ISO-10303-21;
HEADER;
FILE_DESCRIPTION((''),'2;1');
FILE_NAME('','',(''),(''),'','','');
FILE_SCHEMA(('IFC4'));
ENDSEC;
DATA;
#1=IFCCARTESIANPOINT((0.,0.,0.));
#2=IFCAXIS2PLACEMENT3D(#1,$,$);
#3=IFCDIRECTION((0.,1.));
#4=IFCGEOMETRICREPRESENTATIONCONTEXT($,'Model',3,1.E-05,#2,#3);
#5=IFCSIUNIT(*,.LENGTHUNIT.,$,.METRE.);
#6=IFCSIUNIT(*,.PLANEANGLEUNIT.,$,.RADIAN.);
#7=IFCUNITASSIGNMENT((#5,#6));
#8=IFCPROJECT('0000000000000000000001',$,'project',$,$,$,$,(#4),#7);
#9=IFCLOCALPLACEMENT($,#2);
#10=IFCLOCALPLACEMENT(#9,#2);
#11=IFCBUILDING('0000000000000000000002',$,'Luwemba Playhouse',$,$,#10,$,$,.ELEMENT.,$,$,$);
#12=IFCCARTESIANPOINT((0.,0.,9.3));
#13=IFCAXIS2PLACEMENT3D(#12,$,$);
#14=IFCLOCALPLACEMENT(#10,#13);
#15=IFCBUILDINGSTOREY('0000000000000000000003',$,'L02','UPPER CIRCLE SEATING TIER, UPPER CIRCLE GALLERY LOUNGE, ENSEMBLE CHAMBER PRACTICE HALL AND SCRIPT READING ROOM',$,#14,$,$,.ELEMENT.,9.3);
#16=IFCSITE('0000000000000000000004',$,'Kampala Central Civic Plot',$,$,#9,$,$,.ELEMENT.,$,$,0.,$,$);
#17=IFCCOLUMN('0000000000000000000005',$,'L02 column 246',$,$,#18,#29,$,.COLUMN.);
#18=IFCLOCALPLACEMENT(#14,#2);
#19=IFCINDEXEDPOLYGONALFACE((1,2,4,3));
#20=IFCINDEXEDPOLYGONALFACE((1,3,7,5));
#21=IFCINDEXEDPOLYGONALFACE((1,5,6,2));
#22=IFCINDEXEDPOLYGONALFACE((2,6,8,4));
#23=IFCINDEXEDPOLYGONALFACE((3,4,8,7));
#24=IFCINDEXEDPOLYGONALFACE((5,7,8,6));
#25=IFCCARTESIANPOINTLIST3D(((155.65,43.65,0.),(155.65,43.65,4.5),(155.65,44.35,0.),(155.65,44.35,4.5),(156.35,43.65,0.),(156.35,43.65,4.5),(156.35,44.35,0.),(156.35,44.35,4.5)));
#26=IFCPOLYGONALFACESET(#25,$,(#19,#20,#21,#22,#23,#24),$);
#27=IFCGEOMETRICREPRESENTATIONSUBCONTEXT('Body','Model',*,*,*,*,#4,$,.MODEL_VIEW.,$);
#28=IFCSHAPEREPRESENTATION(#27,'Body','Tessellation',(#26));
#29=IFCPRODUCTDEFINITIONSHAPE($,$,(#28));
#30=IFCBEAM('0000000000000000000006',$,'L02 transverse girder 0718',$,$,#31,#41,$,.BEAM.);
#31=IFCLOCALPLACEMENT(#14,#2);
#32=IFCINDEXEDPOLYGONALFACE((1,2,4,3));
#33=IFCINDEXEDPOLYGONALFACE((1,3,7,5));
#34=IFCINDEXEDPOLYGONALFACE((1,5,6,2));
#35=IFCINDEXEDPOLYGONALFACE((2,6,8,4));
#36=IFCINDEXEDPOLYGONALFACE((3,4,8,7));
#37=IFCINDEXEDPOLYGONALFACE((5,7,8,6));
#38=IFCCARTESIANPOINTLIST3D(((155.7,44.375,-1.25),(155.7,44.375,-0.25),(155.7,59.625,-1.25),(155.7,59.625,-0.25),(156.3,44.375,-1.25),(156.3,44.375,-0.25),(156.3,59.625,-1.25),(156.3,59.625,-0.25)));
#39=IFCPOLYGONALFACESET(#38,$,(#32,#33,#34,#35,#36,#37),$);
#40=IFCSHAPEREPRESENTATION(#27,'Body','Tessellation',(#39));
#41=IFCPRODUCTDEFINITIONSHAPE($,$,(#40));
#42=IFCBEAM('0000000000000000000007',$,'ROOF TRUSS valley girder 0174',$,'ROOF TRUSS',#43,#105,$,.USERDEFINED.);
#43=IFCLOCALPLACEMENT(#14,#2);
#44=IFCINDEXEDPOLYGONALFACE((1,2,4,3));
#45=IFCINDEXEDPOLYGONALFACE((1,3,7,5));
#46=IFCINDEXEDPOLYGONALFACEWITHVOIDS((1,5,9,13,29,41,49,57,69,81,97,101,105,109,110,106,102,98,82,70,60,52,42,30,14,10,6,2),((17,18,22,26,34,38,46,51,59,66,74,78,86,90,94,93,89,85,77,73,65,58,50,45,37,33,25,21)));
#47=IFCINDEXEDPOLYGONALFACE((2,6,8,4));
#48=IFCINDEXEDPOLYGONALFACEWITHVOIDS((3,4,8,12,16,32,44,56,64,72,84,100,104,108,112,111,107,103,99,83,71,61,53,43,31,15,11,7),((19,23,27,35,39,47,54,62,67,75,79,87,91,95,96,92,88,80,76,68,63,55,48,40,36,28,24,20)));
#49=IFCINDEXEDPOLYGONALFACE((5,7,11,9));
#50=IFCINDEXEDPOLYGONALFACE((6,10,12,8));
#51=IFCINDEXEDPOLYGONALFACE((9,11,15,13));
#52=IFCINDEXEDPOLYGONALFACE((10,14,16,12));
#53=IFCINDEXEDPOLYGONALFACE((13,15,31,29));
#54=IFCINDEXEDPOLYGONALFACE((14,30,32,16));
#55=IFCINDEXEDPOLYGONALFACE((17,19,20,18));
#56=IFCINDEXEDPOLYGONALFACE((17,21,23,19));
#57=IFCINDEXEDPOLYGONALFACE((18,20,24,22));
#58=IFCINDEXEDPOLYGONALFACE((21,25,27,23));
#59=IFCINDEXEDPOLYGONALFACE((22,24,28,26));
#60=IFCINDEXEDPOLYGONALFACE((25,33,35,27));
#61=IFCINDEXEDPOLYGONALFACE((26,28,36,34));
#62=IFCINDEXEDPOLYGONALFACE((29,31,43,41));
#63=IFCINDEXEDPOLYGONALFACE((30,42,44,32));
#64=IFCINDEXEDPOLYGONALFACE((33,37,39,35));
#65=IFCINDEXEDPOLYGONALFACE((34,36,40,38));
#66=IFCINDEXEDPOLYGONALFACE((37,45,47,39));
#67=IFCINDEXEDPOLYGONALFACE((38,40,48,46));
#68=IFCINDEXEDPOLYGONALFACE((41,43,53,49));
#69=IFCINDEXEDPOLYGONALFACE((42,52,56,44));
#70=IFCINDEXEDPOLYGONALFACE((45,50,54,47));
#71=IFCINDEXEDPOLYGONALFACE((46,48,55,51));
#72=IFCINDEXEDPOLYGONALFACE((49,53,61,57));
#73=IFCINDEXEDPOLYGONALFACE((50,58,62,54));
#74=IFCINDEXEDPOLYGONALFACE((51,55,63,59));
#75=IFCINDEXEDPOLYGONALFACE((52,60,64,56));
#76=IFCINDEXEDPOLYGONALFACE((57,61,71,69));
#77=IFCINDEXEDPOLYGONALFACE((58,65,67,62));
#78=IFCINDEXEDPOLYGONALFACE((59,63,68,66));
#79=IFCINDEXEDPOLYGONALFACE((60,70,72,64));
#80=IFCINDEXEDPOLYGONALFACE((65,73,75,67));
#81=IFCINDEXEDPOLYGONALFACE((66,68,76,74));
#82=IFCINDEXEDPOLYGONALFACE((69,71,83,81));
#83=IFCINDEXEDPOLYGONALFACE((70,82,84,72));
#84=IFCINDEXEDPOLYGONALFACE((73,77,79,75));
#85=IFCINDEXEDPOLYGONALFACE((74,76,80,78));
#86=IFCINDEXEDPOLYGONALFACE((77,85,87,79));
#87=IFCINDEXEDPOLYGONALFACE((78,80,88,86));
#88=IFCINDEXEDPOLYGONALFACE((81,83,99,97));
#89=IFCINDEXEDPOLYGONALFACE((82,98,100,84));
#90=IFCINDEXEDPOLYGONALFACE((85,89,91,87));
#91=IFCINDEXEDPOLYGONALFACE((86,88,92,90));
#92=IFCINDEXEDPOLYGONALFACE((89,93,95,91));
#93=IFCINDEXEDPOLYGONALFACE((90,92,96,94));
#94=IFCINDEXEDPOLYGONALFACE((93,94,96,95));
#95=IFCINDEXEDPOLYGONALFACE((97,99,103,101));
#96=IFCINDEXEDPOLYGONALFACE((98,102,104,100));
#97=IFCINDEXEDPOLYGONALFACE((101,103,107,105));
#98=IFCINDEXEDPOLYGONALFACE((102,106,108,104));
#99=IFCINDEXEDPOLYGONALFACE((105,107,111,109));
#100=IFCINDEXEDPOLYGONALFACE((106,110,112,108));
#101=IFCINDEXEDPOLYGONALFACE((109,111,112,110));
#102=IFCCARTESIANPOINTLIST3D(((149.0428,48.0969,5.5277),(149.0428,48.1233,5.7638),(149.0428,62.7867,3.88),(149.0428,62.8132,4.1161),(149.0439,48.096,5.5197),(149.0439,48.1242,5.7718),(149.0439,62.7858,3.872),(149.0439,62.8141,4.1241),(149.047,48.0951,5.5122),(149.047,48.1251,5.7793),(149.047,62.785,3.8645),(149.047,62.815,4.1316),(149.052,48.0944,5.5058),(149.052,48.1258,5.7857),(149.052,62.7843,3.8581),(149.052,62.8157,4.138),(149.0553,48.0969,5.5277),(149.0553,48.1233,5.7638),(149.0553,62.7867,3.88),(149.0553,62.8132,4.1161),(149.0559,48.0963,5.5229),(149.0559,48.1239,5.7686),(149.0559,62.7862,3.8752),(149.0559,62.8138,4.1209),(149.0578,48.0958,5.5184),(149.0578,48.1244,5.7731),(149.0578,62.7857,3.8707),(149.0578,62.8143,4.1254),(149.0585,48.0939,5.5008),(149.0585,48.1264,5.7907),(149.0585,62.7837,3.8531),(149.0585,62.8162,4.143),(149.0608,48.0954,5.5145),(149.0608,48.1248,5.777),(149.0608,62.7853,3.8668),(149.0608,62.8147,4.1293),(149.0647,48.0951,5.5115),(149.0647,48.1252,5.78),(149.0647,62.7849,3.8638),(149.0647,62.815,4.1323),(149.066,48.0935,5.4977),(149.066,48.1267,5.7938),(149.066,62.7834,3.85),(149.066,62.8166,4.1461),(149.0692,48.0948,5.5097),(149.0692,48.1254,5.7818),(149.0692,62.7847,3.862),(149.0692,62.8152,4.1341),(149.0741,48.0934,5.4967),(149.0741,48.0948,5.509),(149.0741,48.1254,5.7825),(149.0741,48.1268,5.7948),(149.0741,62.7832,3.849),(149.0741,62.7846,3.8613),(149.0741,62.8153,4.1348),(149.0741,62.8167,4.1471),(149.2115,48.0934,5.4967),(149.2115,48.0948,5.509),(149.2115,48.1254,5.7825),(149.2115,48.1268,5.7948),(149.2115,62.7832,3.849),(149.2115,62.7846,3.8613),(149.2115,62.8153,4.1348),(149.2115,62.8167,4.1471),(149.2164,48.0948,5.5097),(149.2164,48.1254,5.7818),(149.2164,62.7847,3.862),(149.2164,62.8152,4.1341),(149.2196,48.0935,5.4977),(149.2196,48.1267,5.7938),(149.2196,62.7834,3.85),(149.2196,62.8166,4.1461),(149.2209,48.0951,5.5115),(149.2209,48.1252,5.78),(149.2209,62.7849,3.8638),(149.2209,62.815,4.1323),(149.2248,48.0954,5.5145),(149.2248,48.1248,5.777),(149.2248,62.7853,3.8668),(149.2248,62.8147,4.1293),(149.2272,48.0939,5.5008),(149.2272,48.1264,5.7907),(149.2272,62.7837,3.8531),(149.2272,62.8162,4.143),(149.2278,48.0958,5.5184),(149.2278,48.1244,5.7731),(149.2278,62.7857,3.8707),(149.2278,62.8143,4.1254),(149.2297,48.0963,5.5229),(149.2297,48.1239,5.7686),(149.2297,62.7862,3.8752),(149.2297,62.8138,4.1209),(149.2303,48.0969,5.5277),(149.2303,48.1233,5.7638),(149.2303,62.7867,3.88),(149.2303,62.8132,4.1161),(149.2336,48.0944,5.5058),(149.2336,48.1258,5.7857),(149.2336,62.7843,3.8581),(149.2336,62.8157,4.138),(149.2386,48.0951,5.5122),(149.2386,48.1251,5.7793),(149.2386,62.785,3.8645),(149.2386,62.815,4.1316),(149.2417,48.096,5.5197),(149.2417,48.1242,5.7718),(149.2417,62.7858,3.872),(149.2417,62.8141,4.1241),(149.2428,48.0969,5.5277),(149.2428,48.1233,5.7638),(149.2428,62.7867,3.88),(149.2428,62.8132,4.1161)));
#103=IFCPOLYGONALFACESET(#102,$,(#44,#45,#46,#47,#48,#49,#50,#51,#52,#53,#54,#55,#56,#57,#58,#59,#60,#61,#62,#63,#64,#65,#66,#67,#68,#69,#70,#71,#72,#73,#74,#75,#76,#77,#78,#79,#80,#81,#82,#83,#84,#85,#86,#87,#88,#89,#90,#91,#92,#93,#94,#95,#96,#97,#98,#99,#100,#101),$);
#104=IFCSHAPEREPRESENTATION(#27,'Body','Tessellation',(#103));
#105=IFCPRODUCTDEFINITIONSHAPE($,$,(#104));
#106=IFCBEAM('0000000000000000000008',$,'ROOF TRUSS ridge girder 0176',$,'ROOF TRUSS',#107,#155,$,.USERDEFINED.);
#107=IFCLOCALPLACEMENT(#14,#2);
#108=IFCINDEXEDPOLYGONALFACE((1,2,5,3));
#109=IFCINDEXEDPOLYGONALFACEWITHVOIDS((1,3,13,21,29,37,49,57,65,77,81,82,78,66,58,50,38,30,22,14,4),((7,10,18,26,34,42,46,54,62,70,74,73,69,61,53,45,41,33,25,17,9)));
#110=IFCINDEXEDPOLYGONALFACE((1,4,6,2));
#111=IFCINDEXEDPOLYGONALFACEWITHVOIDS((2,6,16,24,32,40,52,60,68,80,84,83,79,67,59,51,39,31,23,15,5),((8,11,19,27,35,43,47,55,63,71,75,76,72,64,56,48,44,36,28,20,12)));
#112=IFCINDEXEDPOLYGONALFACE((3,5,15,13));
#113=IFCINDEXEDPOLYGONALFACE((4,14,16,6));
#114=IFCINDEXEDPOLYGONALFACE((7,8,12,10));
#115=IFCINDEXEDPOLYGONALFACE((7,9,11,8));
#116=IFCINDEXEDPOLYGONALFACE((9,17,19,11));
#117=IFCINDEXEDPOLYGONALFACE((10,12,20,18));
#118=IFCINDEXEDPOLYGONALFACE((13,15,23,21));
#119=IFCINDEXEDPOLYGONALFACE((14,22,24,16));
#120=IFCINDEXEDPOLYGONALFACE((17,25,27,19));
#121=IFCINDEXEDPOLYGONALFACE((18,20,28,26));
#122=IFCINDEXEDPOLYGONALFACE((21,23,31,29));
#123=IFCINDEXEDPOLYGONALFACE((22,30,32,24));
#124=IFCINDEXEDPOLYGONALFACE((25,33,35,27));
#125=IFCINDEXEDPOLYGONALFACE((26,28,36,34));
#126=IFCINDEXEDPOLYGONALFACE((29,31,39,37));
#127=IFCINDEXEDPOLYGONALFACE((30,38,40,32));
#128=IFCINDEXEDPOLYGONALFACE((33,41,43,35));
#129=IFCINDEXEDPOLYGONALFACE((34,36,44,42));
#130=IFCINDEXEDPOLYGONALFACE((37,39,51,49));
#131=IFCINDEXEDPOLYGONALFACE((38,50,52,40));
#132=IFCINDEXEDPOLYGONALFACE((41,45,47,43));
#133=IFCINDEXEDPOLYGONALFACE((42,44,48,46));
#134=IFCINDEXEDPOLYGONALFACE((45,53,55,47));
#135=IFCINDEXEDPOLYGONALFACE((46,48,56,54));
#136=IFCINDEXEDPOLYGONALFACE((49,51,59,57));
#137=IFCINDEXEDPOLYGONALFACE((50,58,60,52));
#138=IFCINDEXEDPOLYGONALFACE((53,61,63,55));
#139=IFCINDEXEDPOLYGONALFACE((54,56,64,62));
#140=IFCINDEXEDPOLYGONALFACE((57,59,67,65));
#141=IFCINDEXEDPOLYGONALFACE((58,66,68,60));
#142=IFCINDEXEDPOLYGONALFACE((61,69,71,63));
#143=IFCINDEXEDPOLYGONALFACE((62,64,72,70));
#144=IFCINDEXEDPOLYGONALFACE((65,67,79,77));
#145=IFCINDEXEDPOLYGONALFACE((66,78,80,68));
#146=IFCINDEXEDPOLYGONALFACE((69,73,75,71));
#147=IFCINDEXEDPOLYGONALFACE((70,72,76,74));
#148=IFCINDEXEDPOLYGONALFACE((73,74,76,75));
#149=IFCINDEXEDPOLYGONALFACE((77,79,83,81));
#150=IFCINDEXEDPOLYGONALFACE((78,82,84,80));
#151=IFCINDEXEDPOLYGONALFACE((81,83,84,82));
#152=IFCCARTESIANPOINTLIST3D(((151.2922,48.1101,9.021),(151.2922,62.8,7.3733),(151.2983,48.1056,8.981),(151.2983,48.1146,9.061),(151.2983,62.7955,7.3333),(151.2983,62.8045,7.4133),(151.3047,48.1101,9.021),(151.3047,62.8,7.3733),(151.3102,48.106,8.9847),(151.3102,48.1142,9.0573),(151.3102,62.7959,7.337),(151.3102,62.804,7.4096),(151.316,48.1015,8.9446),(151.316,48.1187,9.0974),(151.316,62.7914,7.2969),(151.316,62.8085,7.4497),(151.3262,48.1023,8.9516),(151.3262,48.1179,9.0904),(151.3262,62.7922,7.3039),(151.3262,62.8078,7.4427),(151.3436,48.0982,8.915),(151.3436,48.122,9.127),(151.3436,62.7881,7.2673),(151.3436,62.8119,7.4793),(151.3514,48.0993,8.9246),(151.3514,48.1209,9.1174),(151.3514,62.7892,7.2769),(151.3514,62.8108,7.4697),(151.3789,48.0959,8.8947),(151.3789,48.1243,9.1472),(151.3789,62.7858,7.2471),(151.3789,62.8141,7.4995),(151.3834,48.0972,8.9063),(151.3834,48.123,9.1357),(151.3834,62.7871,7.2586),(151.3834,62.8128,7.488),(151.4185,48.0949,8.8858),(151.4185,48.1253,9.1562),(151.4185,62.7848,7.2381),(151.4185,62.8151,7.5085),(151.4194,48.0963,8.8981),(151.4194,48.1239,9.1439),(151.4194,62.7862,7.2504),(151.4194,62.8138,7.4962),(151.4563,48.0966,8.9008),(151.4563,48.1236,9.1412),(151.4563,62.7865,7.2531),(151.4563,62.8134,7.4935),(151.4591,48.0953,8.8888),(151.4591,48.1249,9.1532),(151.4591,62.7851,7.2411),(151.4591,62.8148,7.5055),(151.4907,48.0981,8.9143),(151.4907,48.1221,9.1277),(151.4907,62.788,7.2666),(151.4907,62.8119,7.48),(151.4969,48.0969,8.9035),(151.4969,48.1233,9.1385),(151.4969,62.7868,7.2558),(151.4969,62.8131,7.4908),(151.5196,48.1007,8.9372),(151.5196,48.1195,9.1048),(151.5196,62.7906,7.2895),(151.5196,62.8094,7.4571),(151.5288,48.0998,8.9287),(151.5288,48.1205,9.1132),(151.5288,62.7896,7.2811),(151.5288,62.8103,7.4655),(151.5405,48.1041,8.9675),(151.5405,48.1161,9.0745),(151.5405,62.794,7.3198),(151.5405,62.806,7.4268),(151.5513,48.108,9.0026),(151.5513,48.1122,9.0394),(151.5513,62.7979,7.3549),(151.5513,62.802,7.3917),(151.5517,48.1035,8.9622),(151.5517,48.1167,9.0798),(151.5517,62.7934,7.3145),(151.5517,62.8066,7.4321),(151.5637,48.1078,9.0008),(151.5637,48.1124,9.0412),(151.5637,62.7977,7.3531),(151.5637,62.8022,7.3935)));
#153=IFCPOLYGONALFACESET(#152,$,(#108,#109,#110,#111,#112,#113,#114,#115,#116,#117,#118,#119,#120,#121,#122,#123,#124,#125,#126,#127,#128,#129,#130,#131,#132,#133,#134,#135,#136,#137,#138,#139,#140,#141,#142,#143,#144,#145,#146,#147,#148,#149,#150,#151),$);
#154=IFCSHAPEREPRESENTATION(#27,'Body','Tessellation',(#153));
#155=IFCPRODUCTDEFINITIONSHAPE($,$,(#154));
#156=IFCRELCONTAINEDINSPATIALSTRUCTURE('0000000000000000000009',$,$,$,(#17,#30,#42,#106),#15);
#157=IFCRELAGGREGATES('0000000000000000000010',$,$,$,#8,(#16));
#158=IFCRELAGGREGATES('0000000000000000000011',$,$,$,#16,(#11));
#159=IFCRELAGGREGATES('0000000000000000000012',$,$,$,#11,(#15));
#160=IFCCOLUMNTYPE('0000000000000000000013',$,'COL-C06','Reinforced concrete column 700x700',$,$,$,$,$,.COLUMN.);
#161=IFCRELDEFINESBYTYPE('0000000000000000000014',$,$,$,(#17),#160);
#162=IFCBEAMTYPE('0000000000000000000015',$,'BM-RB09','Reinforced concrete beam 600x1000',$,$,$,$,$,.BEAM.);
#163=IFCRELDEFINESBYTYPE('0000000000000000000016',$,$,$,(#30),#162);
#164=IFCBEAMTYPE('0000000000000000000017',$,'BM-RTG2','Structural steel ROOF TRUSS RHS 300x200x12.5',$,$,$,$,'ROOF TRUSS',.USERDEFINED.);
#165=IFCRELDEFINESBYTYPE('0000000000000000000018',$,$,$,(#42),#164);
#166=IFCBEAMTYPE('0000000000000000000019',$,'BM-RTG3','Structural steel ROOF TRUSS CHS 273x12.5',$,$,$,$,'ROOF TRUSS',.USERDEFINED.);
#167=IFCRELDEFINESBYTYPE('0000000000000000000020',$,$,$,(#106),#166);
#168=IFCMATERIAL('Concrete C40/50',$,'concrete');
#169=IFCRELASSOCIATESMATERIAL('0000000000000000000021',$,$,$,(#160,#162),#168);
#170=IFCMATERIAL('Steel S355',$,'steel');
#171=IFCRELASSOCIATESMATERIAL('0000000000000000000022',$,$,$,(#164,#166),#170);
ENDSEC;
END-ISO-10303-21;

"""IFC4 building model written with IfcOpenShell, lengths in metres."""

from ifc_helpers import new_model, si_unit, direction, frame, origin, origin_2d, place, context, subcontext, project, spatial, rectangle, hollow_rectangle, hollow_circle, extrude, material, material_profile, profile_set, type_object, element, save


model = new_model("IFC4")

# Units and contexts
model_context = context("Model", 3, precision=1e-05, world=origin(), true_north=direction((0.0, 1.0)))
body_context = subcontext(model_context, "Body", "Model", "MODEL_VIEW")
ifc_project = project(units=[si_unit("LENGTHUNIT", "METRE"), si_unit("PLANEANGLEUNIT", "RADIAN")], contexts=[model_context])

# Site, building, storey
site_placement = place(None, origin())
site = spatial("IfcSite", under=ifc_project, at=site_placement, Name="Kampala Central Civic Plot", CompositionType="ELEMENT", RefElevation=0.0)
building_placement = place(site_placement, origin())
building = spatial("IfcBuilding", under=site, at=building_placement, Name="Luwemba Playhouse", CompositionType="ELEMENT")
storey_placement = place(building_placement, frame((0.0, 0.0, 9.3)))
storey = spatial("IfcBuildingStorey", under=building, at=storey_placement, Name="L02", Description="UPPER CIRCLE SEATING TIER, UPPER CIRCLE GALLERY LOUNGE, ENSEMBLE CHAMBER PRACTICE HALL AND SCRIPT READING ROOM", CompositionType="ELEMENT", Elevation=9.3)

# Column
ifc_material_1 = material(Name="Concrete C40/50", Category="concrete")
ifc_material_profile_1 = material_profile(ifc_material_1, rectangle(XDim=0.7, YDim=0.7, at=origin_2d()))
ifc_profile_set_1 = profile_set([ifc_material_profile_1], Name="Concrete C40/50")
column_type = type_object("IfcColumnType", Name="COL-C06", Description="Reinforced concrete column 700x700", PredefinedType="COLUMN", material=ifc_profile_set_1)
column_placement = place(storey_placement, frame((156.0, 44.0, 0.0), z_axis=(0.0, 0.0, 1.0), x_axis=(1.0, 0.0, 0.0)))
element("IfcColumn", 1, at=column_placement, inside=storey, type_object=column_type, Name="L02 column 246", PredefinedType="COLUMN", context=body_context, shape_type="SweptSolid", body=[
    extrude(rectangle(XDim=0.7, YDim=0.7, at=origin_2d()), origin(), (0.0, 0.0, 1.0), 4.5),
])

# Beams
ifc_material_profile_2 = material_profile(ifc_material_1, rectangle(XDim=0.6001, YDim=1.0, at=origin_2d()))
ifc_profile_set_2 = profile_set([ifc_material_profile_2], Name="Concrete C40/50")
beam_type_1 = type_object("IfcBeamType", Name="BM-RB09", Description="Reinforced concrete beam 600x1000", PredefinedType="BEAM", material=ifc_profile_set_2)
beam_1_placement = place(storey_placement, frame((156.0, 44.375, -0.75), z_axis=(0.0, 1.0, 0.0), x_axis=(-1.0, 0.0, 0.0)))
element("IfcBeam", 2, at=beam_1_placement, inside=storey, type_object=beam_type_1, Name="L02 transverse girder 0718", PredefinedType="BEAM", context=body_context, shape_type="SweptSolid", body=[
    extrude(rectangle(XDim=0.6001, YDim=1.0, at=origin_2d()), origin(), (0.0, 0.0, 1.0), 15.25),
])
ifc_material_2 = material(Name="Steel S355", Category="steel")
ifc_material_profile_3 = material_profile(ifc_material_2, hollow_rectangle(XDim=0.2, YDim=0.3, WallThickness=0.0125, InnerFilletRadius=0.0188, OuterFilletRadius=0.0312, at=origin_2d()))
ifc_profile_set_3 = profile_set([ifc_material_profile_3], Name="Steel S355")
beam_type_2 = type_object("IfcBeamType", Name="BM-RTG2", Description="Structural steel ROOF TRUSS RHS 300x200x12.5", ElementType="ROOF TRUSS", PredefinedType="USERDEFINED", material=ifc_profile_set_3)
beam_2_placement = place(storey_placement, frame((149.1428, 48.1101, 5.6458), z_axis=(0.0, 0.993768, -0.111467), x_axis=(-1.0, 0.0, 0.0)))
element("IfcBeam", 3, at=beam_2_placement, inside=storey, type_object=beam_type_2, Name="ROOF TRUSS valley girder 0174", ObjectType="ROOF TRUSS", PredefinedType="USERDEFINED", context=body_context, shape_type="SweptSolid", body=[
    extrude(hollow_rectangle(XDim=0.2, YDim=0.3, WallThickness=0.0125, InnerFilletRadius=0.0188, OuterFilletRadius=0.0312, at=origin_2d()), origin(), (0.0, 0.0, 1.0), 14.782),
])
ifc_material_profile_4 = material_profile(ifc_material_2, hollow_circle(Radius=0.1365, WallThickness=0.0125, at=origin_2d()))
ifc_profile_set_4 = profile_set([ifc_material_profile_4], Name="Steel S355")
beam_type_3 = type_object("IfcBeamType", Name="BM-RTG3", Description="Structural steel ROOF TRUSS CHS 273x12.5", ElementType="ROOF TRUSS", PredefinedType="USERDEFINED", material=ifc_profile_set_4)
beam_3_placement = place(storey_placement, frame((151.4287, 48.1101, 9.021), z_axis=(0.0, 0.993768, -0.111467), x_axis=(-1.0, 0.0, 0.0)))
element("IfcBeam", 4, at=beam_3_placement, inside=storey, type_object=beam_type_3, Name="ROOF TRUSS ridge girder 0176", ObjectType="ROOF TRUSS", PredefinedType="USERDEFINED", context=body_context, shape_type="SweptSolid", body=[
    extrude(hollow_circle(Radius=0.1365, WallThickness=0.0125, at=origin_2d()), origin(), (0.0, 0.0, 1.0), 14.782),
])

save(model, "model.ifc")
